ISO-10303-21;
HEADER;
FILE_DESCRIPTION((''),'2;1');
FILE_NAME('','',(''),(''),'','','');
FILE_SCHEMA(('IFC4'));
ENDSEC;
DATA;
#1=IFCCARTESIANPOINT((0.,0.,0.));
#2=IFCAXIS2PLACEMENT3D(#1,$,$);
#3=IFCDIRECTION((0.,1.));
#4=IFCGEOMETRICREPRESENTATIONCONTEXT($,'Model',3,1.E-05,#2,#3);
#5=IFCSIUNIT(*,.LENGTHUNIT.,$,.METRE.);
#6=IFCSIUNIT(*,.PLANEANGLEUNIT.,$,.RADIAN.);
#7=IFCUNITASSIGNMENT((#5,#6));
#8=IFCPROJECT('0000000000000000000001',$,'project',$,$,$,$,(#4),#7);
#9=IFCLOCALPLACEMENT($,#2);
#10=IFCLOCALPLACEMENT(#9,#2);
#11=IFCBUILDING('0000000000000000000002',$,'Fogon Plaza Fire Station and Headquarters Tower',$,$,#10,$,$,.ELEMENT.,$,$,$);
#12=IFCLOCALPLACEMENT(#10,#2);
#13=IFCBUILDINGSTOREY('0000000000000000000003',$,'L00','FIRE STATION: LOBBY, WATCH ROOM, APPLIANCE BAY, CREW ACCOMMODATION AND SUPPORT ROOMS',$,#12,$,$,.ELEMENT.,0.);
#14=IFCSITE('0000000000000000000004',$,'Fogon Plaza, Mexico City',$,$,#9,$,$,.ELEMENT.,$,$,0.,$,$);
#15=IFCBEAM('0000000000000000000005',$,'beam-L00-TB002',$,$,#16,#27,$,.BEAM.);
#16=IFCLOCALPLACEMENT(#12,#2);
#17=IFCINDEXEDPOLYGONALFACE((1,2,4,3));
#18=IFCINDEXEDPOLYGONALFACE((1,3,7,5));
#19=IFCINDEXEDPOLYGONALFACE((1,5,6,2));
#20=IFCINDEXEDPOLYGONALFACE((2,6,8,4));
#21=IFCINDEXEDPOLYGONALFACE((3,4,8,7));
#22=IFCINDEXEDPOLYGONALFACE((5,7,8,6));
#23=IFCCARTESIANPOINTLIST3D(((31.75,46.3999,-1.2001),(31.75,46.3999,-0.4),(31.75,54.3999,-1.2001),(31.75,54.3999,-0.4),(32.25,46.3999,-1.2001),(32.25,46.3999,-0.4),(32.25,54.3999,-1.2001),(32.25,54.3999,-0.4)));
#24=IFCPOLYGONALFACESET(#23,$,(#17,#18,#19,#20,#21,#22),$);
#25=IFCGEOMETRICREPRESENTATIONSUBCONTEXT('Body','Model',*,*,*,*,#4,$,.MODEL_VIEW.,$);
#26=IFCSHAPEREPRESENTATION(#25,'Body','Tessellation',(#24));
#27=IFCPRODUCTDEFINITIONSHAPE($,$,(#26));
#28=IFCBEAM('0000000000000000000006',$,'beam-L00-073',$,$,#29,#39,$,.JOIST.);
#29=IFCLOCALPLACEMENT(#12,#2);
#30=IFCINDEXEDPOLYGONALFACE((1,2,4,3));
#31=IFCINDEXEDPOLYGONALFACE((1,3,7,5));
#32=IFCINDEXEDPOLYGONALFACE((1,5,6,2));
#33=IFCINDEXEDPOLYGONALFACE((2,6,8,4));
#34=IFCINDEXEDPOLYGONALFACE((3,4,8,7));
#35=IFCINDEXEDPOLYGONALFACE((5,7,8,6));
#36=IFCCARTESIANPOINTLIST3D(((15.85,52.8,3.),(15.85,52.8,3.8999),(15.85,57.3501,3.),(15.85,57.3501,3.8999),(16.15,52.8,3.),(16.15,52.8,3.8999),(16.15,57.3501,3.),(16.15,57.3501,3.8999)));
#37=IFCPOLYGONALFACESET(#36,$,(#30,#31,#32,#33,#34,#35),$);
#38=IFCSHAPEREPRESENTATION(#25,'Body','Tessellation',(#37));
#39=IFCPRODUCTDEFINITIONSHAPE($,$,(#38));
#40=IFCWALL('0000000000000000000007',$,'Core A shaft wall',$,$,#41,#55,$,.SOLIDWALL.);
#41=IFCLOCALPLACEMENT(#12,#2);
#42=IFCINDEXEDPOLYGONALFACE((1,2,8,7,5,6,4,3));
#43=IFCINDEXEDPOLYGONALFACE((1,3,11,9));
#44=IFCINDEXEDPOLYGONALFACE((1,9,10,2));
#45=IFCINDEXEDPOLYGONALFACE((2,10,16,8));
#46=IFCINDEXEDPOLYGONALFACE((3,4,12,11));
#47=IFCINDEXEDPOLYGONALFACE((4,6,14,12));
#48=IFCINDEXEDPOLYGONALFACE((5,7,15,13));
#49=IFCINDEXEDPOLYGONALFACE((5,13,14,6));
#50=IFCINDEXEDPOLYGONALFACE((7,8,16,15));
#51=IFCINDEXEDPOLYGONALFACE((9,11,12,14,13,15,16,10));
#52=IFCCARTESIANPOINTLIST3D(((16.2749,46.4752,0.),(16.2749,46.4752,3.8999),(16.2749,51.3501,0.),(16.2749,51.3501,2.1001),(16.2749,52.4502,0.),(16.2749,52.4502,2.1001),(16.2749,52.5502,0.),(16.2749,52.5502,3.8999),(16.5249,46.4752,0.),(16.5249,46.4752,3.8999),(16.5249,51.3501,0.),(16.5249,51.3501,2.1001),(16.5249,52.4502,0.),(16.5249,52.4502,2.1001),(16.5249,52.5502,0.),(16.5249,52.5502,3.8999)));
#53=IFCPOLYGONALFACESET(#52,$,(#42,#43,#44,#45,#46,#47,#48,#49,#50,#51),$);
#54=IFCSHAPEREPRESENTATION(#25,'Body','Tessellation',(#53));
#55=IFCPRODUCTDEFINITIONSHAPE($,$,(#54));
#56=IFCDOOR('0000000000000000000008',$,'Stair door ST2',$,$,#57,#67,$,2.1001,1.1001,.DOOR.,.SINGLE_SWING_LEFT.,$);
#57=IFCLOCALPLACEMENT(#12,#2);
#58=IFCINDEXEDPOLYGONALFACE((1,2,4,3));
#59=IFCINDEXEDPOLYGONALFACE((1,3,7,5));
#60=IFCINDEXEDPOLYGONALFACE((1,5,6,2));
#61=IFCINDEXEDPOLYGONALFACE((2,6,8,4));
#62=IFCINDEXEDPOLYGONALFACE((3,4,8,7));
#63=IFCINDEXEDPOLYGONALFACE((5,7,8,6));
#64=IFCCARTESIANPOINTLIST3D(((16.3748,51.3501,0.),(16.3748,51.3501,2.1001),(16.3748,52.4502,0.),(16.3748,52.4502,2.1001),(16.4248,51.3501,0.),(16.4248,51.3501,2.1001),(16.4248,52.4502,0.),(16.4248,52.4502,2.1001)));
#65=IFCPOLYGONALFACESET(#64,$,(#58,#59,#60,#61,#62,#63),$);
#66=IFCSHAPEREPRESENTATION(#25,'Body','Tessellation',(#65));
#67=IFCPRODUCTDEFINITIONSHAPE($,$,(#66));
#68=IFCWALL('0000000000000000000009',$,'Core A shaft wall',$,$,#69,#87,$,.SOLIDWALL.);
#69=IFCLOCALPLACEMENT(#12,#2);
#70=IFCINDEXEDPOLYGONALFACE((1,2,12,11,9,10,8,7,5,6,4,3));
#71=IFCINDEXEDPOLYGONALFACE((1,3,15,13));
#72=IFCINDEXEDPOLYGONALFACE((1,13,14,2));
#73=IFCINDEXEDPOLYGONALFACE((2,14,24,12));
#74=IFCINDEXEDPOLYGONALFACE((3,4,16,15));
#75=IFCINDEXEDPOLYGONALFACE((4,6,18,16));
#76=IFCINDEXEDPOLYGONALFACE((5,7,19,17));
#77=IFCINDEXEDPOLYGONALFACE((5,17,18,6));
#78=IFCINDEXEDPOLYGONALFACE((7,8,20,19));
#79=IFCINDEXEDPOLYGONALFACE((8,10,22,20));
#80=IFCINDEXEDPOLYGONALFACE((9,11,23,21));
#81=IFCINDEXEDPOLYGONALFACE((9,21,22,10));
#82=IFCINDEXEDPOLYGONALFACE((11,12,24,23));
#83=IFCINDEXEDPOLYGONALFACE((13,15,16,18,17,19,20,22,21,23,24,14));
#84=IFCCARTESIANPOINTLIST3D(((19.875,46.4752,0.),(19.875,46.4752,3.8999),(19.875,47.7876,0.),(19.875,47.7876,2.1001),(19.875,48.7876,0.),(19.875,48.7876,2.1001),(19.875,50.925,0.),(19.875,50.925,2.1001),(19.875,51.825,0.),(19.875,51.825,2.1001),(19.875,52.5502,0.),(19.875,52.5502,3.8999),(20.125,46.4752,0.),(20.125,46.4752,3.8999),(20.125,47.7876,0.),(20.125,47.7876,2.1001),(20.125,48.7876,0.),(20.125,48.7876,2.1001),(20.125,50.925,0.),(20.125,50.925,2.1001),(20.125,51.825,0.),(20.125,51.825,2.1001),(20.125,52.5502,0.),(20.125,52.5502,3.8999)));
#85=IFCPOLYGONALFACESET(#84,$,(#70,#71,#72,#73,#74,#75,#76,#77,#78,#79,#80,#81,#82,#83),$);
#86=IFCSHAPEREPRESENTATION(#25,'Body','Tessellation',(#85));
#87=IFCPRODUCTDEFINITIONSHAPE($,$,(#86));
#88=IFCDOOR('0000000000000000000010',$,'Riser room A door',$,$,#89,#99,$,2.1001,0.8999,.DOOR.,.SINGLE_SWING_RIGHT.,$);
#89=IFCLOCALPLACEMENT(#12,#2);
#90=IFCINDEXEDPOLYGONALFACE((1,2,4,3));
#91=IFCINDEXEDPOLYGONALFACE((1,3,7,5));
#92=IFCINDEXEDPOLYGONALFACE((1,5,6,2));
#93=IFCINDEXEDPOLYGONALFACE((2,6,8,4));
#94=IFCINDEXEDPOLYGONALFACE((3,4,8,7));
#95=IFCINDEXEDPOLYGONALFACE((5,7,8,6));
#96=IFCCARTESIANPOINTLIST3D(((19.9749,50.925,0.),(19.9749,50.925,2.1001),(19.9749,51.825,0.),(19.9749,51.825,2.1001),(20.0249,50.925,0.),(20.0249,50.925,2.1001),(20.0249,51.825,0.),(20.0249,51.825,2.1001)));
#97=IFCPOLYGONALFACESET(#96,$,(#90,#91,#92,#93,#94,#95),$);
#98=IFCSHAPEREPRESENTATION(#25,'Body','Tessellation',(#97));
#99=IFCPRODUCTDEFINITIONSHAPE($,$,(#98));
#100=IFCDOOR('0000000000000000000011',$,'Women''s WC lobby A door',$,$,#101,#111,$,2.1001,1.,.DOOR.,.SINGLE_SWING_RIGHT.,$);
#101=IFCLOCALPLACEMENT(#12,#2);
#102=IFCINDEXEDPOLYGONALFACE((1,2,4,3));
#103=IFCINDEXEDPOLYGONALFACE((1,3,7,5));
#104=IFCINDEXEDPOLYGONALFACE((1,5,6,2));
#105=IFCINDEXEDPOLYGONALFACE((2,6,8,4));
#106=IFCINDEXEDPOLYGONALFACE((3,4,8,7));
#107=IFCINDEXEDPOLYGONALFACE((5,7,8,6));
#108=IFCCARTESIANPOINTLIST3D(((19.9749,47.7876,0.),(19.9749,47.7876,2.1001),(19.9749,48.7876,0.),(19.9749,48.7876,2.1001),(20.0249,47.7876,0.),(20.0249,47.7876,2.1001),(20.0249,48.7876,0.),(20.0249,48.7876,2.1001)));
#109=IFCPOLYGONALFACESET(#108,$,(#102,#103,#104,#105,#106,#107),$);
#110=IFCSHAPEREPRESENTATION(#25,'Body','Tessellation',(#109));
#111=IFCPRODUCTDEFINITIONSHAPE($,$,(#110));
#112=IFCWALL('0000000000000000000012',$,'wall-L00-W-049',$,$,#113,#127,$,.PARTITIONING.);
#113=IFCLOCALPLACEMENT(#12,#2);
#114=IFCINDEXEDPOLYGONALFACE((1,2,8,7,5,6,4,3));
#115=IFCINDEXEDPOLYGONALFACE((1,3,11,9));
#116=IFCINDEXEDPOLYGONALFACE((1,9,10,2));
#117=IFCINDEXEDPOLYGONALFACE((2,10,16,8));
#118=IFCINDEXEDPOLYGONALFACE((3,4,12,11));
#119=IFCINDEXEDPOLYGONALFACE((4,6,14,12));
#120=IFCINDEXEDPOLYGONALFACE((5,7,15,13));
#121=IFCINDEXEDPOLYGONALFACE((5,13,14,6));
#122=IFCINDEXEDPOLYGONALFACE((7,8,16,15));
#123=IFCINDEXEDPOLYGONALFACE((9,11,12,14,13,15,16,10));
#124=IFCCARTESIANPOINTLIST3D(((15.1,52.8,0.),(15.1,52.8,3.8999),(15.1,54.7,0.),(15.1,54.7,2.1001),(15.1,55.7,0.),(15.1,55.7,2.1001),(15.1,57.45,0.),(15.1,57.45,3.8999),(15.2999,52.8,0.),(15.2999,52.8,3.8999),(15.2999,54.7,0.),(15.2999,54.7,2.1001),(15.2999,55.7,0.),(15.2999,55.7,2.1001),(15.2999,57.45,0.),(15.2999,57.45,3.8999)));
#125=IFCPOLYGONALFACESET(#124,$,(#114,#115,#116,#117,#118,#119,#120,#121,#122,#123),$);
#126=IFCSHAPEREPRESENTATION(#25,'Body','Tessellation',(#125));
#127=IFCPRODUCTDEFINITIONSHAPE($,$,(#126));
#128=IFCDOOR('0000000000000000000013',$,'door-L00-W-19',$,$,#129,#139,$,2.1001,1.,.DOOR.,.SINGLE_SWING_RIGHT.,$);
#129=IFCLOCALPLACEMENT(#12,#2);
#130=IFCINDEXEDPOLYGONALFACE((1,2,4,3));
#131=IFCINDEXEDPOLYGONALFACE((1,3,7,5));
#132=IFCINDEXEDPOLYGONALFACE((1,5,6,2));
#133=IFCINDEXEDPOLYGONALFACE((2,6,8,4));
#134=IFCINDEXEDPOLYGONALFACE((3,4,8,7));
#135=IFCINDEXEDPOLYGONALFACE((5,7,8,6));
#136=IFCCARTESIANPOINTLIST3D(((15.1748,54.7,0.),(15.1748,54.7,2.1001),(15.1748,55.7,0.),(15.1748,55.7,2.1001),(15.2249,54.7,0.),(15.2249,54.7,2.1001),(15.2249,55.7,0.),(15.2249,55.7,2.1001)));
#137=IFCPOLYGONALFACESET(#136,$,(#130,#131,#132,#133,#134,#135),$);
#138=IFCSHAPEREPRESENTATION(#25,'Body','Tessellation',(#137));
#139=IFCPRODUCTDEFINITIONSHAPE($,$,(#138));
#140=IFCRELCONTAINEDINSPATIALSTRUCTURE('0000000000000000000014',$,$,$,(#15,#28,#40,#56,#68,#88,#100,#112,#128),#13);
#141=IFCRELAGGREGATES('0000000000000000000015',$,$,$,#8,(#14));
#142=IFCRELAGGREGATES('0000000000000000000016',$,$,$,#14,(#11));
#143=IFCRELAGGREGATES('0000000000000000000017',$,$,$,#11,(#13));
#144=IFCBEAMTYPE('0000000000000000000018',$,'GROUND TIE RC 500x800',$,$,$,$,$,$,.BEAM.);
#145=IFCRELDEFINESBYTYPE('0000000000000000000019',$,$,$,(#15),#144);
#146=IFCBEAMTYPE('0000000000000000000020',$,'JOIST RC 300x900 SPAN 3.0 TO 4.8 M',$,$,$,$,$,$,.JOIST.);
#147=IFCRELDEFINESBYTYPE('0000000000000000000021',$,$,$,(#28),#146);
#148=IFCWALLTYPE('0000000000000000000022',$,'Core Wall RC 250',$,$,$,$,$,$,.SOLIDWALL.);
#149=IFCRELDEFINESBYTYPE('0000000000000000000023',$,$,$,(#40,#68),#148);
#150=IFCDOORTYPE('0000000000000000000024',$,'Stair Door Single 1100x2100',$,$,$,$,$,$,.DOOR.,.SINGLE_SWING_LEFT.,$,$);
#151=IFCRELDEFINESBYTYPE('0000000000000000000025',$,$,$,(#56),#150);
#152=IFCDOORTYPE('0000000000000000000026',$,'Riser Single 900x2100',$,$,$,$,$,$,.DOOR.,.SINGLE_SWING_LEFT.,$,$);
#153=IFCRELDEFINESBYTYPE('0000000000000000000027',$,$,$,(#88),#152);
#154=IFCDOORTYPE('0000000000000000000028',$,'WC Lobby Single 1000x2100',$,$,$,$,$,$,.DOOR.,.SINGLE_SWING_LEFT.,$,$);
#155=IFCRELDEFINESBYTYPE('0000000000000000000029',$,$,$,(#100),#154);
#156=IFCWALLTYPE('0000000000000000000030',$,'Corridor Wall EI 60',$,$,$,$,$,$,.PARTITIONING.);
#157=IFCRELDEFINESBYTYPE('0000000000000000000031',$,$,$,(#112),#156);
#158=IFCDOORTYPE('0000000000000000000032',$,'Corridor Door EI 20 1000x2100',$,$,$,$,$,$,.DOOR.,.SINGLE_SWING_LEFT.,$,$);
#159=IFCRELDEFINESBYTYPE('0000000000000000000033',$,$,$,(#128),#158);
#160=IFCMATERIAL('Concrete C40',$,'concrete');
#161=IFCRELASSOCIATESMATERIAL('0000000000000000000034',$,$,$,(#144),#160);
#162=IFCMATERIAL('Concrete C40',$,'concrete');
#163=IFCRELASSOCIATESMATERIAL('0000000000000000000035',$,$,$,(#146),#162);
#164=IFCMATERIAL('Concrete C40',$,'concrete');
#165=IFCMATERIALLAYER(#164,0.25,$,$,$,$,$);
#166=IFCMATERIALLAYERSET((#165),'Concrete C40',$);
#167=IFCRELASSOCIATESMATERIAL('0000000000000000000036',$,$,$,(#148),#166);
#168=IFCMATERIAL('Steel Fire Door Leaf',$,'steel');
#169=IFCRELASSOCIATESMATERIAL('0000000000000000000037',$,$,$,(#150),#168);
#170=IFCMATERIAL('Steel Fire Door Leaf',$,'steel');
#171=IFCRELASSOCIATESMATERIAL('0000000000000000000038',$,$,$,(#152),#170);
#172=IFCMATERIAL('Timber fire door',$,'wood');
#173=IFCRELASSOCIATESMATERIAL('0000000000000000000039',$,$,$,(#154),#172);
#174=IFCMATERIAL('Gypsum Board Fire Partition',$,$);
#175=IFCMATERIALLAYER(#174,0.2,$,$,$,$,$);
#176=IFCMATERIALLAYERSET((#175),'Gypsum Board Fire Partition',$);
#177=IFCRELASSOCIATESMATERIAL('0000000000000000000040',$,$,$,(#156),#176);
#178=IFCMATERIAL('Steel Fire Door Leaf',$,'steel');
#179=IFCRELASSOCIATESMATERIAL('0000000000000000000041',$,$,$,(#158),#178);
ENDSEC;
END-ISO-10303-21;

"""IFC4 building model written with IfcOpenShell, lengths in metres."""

from ifc_helpers import new_model, si_unit, direction, frame, frame_2d, origin, origin_2d, place, context, subcontext, project, spatial, rectangle, extrude, material, layer, layer_set, material_profile, profile_set, type_object, element, fill, save


model = new_model("IFC4")

# Units and contexts
model_context = context("Model", 3, precision=1e-05, world=origin(), true_north=direction((0.0, 1.0)))
body_context = subcontext(model_context, "Body", "Model", "MODEL_VIEW")
ifc_project = project(units=[si_unit("LENGTHUNIT", "METRE"), si_unit("PLANEANGLEUNIT", "RADIAN")], contexts=[model_context])

# Site, building, storey
site_placement = place(None, origin())
site = spatial("IfcSite", under=ifc_project, at=site_placement, Name="Fogon Plaza, Mexico City", CompositionType="ELEMENT", RefElevation=0.0)
building_placement = place(site_placement, origin())
building = spatial("IfcBuilding", under=site, at=building_placement, Name="Fogon Plaza Fire Station and Headquarters Tower", CompositionType="ELEMENT")
storey_placement = place(building_placement, origin())
storey = spatial("IfcBuildingStorey", under=building, at=storey_placement, Name="L00", Description="FIRE STATION: LOBBY, WATCH ROOM, APPLIANCE BAY, CREW ACCOMMODATION AND SUPPORT ROOMS", CompositionType="ELEMENT", Elevation=0.0)

# Beams
ifc_material_1 = material(Name="Concrete C40", Category="concrete")
ifc_material_profile_1 = material_profile(ifc_material_1, rectangle(XDim=0.5, YDim=0.8, at=origin_2d()), Name="RC 500x800")
ifc_profile_set_1 = profile_set([ifc_material_profile_1], Name="Concrete C40")
beam_type_1 = type_object("IfcBeamType", Name="GROUND TIE RC 500x800", PredefinedType="BEAM", material=ifc_profile_set_1)
beam_1_placement = place(storey_placement, frame((32.0, 46.3999, -0.8), z_axis=(0.0, 1.0, 0.0), x_axis=(-1.0, 0.0, 0.0)))
element("IfcBeam", 1, at=beam_1_placement, inside=storey, type_object=beam_type_1, Name="beam-L00-TB002", PredefinedType="BEAM", context=body_context, shape_type="SweptSolid", body=[
    extrude(rectangle(XDim=0.5, YDim=0.8, at=origin_2d()), origin(), (0.0, 0.0, 1.0), 8.0),
])
ifc_material_2 = material(Name="Concrete C40", Category="concrete")
ifc_material_profile_2 = material_profile(ifc_material_2, rectangle(XDim=0.3, YDim=0.8999, at=origin_2d()), Name="RC 300x900")
ifc_profile_set_2 = profile_set([ifc_material_profile_2], Name="Concrete C40")
beam_type_2 = type_object("IfcBeamType", Name="JOIST RC 300x900 SPAN 3.0 TO 4.8 M", PredefinedType="JOIST", material=ifc_profile_set_2)
beam_2_placement = place(storey_placement, frame((16.0, 52.8, 3.45), z_axis=(0.0, 1.0, 0.0), x_axis=(-1.0, 0.0, 0.0)))
element("IfcBeam", 2, at=beam_2_placement, inside=storey, type_object=beam_type_2, Name="beam-L00-073", PredefinedType="JOIST", context=body_context, shape_type="SweptSolid", body=[
    extrude(rectangle(XDim=0.3, YDim=0.8999, at=origin_2d()), origin(), (0.0, 0.0, 1.0), 4.55),
])

# Wall, opening, door
ifc_material_3 = material(Name="Concrete C40", Category="concrete")
ifc_layer_1 = layer(ifc_material_3, 0.25)
ifc_layer_set_1 = layer_set([ifc_layer_1], Name="Concrete C40")
wall_type_1 = type_object("IfcWallType", Name="Core Wall RC 250", PredefinedType="SOLIDWALL", material=ifc_layer_set_1)
wall_1_placement = place(storey_placement, frame((16.3999, 46.4751, 0.0), z_axis=(0.0, 0.0, 1.0), x_axis=(0.0, 1.0, 0.0)))
wall_1 = element("IfcWall", 3, at=wall_1_placement, inside=storey, type_object=wall_type_1, Name="Core A shaft wall", PredefinedType="SOLIDWALL", context=body_context, shape_type="SweptSolid", body=[
    extrude(rectangle(XDim=6.075, YDim=0.25, at=frame_2d((3.0376, 0.0))), origin(), (0.0, 0.0, 1.0), 3.8999),
])
opening_1_placement = place(wall_1_placement, frame((4.875, 0.0, 0.0)))
opening_1 = element("IfcOpeningElement", 4, at=opening_1_placement, cuts=wall_1, PredefinedType="OPENING", context=body_context, shape_type="SweptSolid", body=[
    extrude(rectangle(XDim=1.1001, YDim=2.1001, at=frame_2d((0.55, 1.05))), frame((0.0, 0.135, 0.0), z_axis=(0.0, -1.0, 0.0), x_axis=(1.0, 0.0, 0.0)), (0.0, 0.0, 1.0), 0.27),
])
ifc_material_4 = material(Name="Steel Fire Door Leaf", Category="steel")
door_type_1 = type_object("IfcDoorType", Name="Stair Door Single 1100x2100", OperationType="SINGLE_SWING_LEFT", PredefinedType="DOOR", material=ifc_material_4)
door_1_placement = place(opening_1_placement, frame((1.1001, 0.0, 0.0), z_axis=(0.0, 0.0, 1.0), x_axis=(-1.0, 0.0, 0.0)))
door_1 = element("IfcDoor", 5, at=door_1_placement, inside=storey, type_object=door_type_1, Name="Stair door ST2", OperationType="SINGLE_SWING_LEFT", OverallHeight=2.1001, OverallWidth=1.1001, PredefinedType="DOOR", context=body_context, shape_type="SweptSolid", body=[
    extrude(rectangle(XDim=1.1001, YDim=2.1001, at=frame_2d((0.55, 1.05))), frame((0.0, 0.0249, 0.0), z_axis=(0.0, -1.0, 0.0), x_axis=(1.0, 0.0, 0.0)), (0.0, 0.0, 1.0), 0.05),
])
fill(opening_1, door_1)

# Wall, openings, doors
wall_2_placement = place(storey_placement, frame((20.0, 46.4751, 0.0), z_axis=(0.0, 0.0, 1.0), x_axis=(0.0, 1.0, 0.0)))
wall_2 = element("IfcWall", 6, at=wall_2_placement, inside=storey, type_object=wall_type_1, Name="Core A shaft wall", PredefinedType="SOLIDWALL", context=body_context, shape_type="SweptSolid", body=[
    extrude(rectangle(XDim=6.075, YDim=0.25, at=frame_2d((3.0376, 0.0))), origin(), (0.0, 0.0, 1.0), 3.8999),
])
opening_2_placement = place(wall_2_placement, frame((1.3125, 0.0, 0.0)))
opening_2 = element("IfcOpeningElement", 7, at=opening_2_placement, cuts=wall_2, PredefinedType="OPENING", context=body_context, shape_type="SweptSolid", body=[
    extrude(rectangle(XDim=1.0, YDim=2.1001, at=frame_2d((0.5, 1.05))), frame((0.0, 0.135, 0.0), z_axis=(0.0, -1.0, 0.0), x_axis=(1.0, 0.0, 0.0)), (0.0, 0.0, 1.0), 0.27),
])
opening_3_placement = place(wall_2_placement, frame((4.45, 0.0, 0.0)))
opening_3 = element("IfcOpeningElement", 8, at=opening_3_placement, cuts=wall_2, PredefinedType="OPENING", context=body_context, shape_type="SweptSolid", body=[
    extrude(rectangle(XDim=0.8999, YDim=2.1001, at=frame_2d((0.45, 1.05))), frame((0.0, 0.135, 0.0), z_axis=(0.0, -1.0, 0.0), x_axis=(1.0, 0.0, 0.0)), (0.0, 0.0, 1.0), 0.27),
])
ifc_material_5 = material(Name="Steel Fire Door Leaf", Category="steel")
door_type_2 = type_object("IfcDoorType", Name="Riser Single 900x2100", OperationType="SINGLE_SWING_LEFT", PredefinedType="DOOR", material=ifc_material_5)
door_2_placement = place(opening_3_placement, frame((0.8999, 0.0, 0.0), z_axis=(0.0, 0.0, 1.0), x_axis=(-1.0, 0.0, 0.0)))
door_2 = element("IfcDoor", 9, at=door_2_placement, inside=storey, type_object=door_type_2, Name="Riser room A door", OperationType="SINGLE_SWING_RIGHT", OverallHeight=2.1001, OverallWidth=0.8999, PredefinedType="DOOR", context=body_context, shape_type="SweptSolid", body=[
    extrude(rectangle(XDim=0.8999, YDim=2.1001, at=frame_2d((0.45, 1.05))), frame((0.0, 0.0249, 0.0), z_axis=(0.0, -1.0, 0.0), x_axis=(1.0, 0.0, 0.0)), (0.0, 0.0, 1.0), 0.05),
])
fill(opening_3, door_2)
ifc_material_6 = material(Name="Timber fire door", Category="wood")
door_type_3 = type_object("IfcDoorType", Name="WC Lobby Single 1000x2100", OperationType="SINGLE_SWING_LEFT", PredefinedType="DOOR", material=ifc_material_6)
door_3_placement = place(opening_2_placement, frame((1.0, 0.0, 0.0), z_axis=(0.0, 0.0, 1.0), x_axis=(-1.0, 0.0, 0.0)))
door_3 = element("IfcDoor", 10, at=door_3_placement, inside=storey, type_object=door_type_3, Name="Women's WC lobby A door", OperationType="SINGLE_SWING_RIGHT", OverallHeight=2.1001, OverallWidth=1.0, PredefinedType="DOOR", context=body_context, shape_type="SweptSolid", body=[
    extrude(rectangle(XDim=1.0, YDim=2.1001, at=frame_2d((0.5, 1.05))), frame((0.0, 0.0249, 0.0), z_axis=(0.0, -1.0, 0.0), x_axis=(1.0, 0.0, 0.0)), (0.0, 0.0, 1.0), 0.05),
])
fill(opening_2, door_3)

# Wall, opening, door
ifc_material_7 = material(Name="Gypsum Board Fire Partition")
ifc_layer_2 = layer(ifc_material_7, 0.2)
ifc_layer_set_2 = layer_set([ifc_layer_2], Name="Gypsum Board Fire Partition")
wall_type_2 = type_object("IfcWallType", Name="Corridor Wall EI 60", PredefinedType="PARTITIONING", material=ifc_layer_set_2)
wall_3_placement = place(storey_placement, frame((15.2, 52.8, 0.0), z_axis=(0.0, 0.0, 1.0), x_axis=(0.0, 1.0, 0.0)))
wall_3 = element("IfcWall", 11, at=wall_3_placement, inside=storey, type_object=wall_type_2, Name="wall-L00-W-049", PredefinedType="PARTITIONING", context=body_context, shape_type="SweptSolid", body=[
    extrude(rectangle(XDim=4.6499, YDim=0.2, at=frame_2d((2.325, 0.0))), origin(), (0.0, 0.0, 1.0), 3.8999),
])
opening_4_placement = place(wall_3_placement, frame((1.8999, 0.0, 0.0)))
opening_4 = element("IfcOpeningElement", 12, at=opening_4_placement, cuts=wall_3, PredefinedType="OPENING", context=body_context, shape_type="SweptSolid", body=[
    extrude(rectangle(XDim=1.0, YDim=2.1001, at=frame_2d((0.5, 1.05))), frame((0.0, 0.1099, 0.0), z_axis=(0.0, -1.0, 0.0), x_axis=(1.0, 0.0, 0.0)), (0.0, 0.0, 1.0), 0.22),
])
ifc_material_8 = material(Name="Steel Fire Door Leaf", Category="steel")
door_type_4 = type_object("IfcDoorType", Name="Corridor Door EI 20 1000x2100", OperationType="SINGLE_SWING_LEFT", PredefinedType="DOOR", material=ifc_material_8)
door_4_placement = place(opening_4_placement, frame((1.0, 0.0, 0.0), z_axis=(0.0, 0.0, 1.0), x_axis=(-1.0, 0.0, 0.0)))
door_4 = element("IfcDoor", 13, at=door_4_placement, inside=storey, type_object=door_type_4, Name="door-L00-W-19", OperationType="SINGLE_SWING_RIGHT", OverallHeight=2.1001, OverallWidth=1.0, PredefinedType="DOOR", context=body_context, shape_type="SweptSolid", body=[
    extrude(rectangle(XDim=1.0, YDim=2.1001, at=frame_2d((0.5, 1.05))), frame((0.0, 0.0249, 0.0), z_axis=(0.0, -1.0, 0.0), x_axis=(1.0, 0.0, 0.0)), (0.0, 0.0, 1.0), 0.05),
])
fill(opening_4, door_4)

save(model, "model.ifc")
